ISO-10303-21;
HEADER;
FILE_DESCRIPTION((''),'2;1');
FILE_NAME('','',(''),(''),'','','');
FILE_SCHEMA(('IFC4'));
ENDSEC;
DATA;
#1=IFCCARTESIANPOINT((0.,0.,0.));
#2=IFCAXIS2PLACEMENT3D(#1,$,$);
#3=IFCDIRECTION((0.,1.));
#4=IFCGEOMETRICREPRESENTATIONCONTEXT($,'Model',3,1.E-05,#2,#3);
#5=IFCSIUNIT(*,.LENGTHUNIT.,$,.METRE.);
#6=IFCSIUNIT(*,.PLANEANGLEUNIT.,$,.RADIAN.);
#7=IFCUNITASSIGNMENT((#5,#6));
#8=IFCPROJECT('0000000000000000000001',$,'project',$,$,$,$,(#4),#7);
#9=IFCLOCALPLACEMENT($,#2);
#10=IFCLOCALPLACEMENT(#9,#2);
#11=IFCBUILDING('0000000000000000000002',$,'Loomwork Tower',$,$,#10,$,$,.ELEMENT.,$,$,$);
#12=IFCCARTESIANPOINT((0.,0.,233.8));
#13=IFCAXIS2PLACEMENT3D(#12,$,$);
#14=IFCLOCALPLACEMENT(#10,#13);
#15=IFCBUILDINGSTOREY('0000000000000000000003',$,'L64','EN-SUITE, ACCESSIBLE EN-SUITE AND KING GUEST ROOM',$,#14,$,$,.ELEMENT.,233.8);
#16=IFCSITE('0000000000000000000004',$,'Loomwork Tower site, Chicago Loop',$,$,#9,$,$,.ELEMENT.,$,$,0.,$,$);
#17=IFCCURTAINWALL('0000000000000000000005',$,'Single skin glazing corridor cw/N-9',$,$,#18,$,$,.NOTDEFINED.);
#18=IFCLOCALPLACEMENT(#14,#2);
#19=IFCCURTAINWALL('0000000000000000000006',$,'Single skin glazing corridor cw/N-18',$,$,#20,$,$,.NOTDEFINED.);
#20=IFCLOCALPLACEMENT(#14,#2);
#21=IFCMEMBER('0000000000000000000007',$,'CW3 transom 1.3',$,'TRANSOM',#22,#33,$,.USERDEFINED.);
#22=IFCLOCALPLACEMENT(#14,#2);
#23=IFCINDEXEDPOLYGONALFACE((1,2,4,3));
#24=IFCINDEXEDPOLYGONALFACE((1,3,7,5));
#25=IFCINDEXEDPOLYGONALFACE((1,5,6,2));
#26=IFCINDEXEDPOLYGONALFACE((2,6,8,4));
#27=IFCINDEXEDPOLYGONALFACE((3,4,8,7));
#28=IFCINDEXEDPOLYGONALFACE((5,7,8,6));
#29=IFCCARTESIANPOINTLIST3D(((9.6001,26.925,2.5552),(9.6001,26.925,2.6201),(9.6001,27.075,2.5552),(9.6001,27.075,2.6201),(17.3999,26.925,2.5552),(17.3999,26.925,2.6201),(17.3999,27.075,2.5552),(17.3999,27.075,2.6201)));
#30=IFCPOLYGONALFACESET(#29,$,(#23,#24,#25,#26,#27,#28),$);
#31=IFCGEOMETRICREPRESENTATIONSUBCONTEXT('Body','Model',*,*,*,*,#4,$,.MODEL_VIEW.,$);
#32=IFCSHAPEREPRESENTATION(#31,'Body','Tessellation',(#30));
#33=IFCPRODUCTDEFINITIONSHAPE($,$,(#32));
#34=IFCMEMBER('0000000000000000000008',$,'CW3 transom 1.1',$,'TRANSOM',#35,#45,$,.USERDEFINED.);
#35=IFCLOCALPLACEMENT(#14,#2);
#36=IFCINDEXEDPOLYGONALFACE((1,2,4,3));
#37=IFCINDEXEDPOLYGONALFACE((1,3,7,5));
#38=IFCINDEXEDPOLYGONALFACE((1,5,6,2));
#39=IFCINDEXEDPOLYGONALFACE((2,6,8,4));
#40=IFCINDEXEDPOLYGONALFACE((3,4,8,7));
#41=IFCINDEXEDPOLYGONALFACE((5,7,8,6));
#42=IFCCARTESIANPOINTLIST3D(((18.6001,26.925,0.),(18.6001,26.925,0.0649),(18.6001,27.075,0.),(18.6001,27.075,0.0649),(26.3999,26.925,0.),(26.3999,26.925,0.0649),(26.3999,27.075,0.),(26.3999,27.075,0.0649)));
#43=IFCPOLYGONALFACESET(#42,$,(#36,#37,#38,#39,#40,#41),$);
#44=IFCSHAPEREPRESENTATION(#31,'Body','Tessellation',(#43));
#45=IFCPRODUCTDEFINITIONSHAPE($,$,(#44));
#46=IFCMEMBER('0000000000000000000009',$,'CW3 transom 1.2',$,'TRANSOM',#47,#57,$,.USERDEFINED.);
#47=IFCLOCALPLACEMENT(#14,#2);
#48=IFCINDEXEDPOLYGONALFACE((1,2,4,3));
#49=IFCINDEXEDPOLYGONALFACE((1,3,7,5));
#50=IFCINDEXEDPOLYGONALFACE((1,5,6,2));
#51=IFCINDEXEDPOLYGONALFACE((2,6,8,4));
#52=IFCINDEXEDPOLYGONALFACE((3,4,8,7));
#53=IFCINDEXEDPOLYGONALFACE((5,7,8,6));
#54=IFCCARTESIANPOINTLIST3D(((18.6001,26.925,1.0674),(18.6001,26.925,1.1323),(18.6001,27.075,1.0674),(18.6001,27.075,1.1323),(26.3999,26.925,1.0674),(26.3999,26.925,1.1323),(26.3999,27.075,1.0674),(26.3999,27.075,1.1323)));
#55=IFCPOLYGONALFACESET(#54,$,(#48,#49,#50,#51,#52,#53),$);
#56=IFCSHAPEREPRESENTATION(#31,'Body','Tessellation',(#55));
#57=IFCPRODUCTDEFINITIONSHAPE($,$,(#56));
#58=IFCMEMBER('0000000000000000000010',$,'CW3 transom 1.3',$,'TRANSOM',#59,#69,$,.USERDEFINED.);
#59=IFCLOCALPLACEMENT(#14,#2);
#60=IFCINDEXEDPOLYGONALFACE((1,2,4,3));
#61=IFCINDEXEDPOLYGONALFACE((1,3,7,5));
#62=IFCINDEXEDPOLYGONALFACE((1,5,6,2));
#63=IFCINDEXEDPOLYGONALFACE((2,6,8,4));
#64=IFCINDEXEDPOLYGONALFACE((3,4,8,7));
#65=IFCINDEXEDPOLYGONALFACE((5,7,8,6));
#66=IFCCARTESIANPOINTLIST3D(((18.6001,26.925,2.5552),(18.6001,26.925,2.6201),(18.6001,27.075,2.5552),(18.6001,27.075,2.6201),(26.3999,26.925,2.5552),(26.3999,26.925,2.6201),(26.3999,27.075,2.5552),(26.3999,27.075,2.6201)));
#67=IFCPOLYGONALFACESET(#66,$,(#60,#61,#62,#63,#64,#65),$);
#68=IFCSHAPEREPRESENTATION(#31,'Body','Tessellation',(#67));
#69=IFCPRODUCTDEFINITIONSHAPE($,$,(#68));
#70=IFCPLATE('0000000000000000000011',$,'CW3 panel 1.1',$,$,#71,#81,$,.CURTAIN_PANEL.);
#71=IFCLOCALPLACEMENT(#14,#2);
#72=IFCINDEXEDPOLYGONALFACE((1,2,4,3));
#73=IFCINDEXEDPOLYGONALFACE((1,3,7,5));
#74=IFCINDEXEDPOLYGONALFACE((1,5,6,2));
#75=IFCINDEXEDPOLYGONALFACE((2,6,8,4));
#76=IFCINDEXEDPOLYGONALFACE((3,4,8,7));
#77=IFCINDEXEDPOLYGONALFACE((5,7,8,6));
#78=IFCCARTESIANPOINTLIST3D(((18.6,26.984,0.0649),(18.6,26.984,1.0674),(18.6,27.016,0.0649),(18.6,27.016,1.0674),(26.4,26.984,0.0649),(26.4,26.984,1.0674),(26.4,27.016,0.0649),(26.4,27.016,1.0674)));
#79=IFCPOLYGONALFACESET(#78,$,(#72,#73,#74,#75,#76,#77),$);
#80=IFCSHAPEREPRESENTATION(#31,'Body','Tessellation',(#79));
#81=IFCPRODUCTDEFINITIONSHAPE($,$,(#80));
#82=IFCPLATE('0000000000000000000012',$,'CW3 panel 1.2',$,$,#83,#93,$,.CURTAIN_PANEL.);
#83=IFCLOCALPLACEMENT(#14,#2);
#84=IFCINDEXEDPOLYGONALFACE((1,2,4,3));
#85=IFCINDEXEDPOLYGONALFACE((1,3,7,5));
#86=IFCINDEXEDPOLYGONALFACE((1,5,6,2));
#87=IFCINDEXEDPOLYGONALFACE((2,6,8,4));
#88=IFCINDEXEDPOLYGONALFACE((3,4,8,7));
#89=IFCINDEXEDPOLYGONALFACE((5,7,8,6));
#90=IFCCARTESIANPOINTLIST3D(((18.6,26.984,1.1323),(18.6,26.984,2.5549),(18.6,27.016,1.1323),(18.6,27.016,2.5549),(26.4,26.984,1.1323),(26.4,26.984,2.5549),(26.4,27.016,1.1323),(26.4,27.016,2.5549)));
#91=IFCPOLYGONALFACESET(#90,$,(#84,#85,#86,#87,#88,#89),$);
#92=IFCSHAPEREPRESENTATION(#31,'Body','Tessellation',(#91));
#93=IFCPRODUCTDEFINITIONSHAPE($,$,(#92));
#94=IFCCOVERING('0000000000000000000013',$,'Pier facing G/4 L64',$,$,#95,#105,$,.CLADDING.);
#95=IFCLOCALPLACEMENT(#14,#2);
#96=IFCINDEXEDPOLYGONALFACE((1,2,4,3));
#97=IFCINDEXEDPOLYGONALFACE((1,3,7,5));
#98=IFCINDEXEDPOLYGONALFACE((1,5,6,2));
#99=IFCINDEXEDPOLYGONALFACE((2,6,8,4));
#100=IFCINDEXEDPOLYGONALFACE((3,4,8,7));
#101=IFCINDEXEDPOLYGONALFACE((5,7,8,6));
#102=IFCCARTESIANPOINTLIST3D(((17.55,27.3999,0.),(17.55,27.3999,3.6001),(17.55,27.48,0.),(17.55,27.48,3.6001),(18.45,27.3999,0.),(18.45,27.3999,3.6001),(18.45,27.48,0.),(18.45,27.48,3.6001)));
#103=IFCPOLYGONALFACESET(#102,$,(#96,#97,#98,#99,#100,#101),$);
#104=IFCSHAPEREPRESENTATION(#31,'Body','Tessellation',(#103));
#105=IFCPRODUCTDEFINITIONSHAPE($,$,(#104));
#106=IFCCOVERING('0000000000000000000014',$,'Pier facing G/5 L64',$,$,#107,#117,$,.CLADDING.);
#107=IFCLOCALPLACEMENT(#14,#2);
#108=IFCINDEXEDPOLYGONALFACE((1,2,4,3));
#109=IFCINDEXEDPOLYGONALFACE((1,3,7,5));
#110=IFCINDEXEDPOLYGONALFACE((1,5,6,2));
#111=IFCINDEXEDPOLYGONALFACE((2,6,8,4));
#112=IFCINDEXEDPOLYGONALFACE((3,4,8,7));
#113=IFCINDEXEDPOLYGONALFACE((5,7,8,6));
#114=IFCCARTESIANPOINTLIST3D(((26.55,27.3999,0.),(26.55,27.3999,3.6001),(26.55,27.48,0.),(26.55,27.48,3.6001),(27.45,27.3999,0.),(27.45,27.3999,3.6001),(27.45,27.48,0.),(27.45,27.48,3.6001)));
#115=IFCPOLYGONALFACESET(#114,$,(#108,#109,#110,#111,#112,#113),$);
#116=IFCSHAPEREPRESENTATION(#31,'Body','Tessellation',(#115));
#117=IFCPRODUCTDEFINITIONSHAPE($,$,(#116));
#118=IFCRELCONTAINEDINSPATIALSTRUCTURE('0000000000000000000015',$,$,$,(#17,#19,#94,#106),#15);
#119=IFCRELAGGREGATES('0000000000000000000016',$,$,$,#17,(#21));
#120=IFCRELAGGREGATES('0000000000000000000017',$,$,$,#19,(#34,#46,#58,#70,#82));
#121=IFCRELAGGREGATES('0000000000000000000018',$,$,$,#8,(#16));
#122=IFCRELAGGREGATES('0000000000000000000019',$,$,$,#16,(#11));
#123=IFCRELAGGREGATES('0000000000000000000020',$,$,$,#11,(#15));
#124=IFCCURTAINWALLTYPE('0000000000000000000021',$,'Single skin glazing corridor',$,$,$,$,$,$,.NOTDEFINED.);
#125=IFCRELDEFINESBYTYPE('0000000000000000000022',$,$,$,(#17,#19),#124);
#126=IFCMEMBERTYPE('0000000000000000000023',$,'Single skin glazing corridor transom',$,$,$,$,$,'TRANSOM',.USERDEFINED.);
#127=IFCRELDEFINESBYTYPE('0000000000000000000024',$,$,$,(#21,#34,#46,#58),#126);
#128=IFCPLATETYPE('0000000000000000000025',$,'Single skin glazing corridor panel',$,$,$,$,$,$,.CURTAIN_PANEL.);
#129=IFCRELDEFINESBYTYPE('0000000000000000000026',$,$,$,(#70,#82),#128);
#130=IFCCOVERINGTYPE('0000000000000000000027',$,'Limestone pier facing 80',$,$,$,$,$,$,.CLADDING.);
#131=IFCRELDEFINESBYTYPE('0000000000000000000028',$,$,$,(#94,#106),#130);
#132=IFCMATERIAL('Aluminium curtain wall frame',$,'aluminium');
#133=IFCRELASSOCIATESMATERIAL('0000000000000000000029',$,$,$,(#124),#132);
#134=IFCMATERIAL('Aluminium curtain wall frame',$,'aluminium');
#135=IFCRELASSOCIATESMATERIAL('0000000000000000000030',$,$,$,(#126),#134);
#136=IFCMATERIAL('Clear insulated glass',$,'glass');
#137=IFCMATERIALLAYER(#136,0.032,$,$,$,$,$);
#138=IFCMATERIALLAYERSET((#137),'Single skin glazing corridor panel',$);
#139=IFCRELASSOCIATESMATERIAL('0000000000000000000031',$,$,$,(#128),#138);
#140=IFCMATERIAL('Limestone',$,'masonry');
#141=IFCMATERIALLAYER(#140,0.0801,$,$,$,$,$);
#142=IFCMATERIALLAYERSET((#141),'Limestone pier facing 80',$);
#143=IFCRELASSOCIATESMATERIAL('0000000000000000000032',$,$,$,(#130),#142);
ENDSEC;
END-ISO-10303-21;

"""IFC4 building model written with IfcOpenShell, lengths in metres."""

from ifc_helpers import new_model, si_unit, direction, frame, origin, origin_2d, place, context, subcontext, project, spatial, rectangle, extrude, material, layer, layer_set, material_profile, profile_set, type_object, element, aggregate, save


model = new_model("IFC4")

# Units and contexts
model_context = context("Model", 3, precision=1e-05, world=origin(), true_north=direction((0.0, 1.0)))
body_context = subcontext(model_context, "Body", "Model", "MODEL_VIEW")
ifc_project = project(units=[si_unit("LENGTHUNIT", "METRE"), si_unit("PLANEANGLEUNIT", "RADIAN")], contexts=[model_context])

# Site, building, storey
site_placement = place(None, origin())
site = spatial("IfcSite", under=ifc_project, at=site_placement, Name="Loomwork Tower site, Chicago Loop", CompositionType="ELEMENT", RefElevation=0.0)
building_placement = place(site_placement, origin())
building = spatial("IfcBuilding", under=site, at=building_placement, Name="Loomwork Tower", CompositionType="ELEMENT")
storey_placement = place(building_placement, frame((0.0, 0.0, 233.8)))
storey = spatial("IfcBuildingStorey", under=building, at=storey_placement, Name="L64", Description="EN-SUITE, ACCESSIBLE EN-SUITE AND KING GUEST ROOM", CompositionType="ELEMENT", Elevation=233.8)

# Curtain wall
ifc_material_1 = material(Name="Aluminium curtain wall frame", Category="aluminium")
curtain_wall_type = type_object("IfcCurtainWallType", Name="Single skin glazing corridor", PredefinedType="NOTDEFINED", material=ifc_material_1)
curtain_wall_1_placement = place(storey_placement, origin())
curtain_wall_1 = element("IfcCurtainWall", 1, at=curtain_wall_1_placement, inside=storey, type_object=curtain_wall_type, Name="Single skin glazing corridor cw/N-9", PredefinedType="NOTDEFINED")

# Curtain wall
curtain_wall_2_placement = place(storey_placement, origin())
curtain_wall_2 = element("IfcCurtainWall", 2, at=curtain_wall_2_placement, inside=storey, type_object=curtain_wall_type, Name="Single skin glazing corridor cw/N-18", PredefinedType="NOTDEFINED")

# Members
ifc_material_2 = material(Name="Aluminium curtain wall frame", Category="aluminium")
ifc_material_profile_1 = material_profile(ifc_material_2, rectangle(XDim=0.1499, YDim=0.0649, at=origin_2d()), Name="AL 65x150")
ifc_profile_set_1 = profile_set([ifc_material_profile_1], Name="Aluminium curtain wall frame")
member_type_1 = type_object("IfcMemberType", Name="Single skin glazing corridor transom", ElementType="TRANSOM", PredefinedType="USERDEFINED", material=ifc_profile_set_1)
member_1_placement = place(storey_placement, frame((17.3999, 27.0, 2.5876), z_axis=(-1.0, 0.0, 0.0), x_axis=(0.0, -1.0, 0.0)))
member_1 = element("IfcMember", 3, at=member_1_placement, type_object=member_type_1, Name="CW3 transom 1.3", ObjectType="TRANSOM", PredefinedType="USERDEFINED", context=body_context, shape_type="SweptSolid", body=[
    extrude(rectangle(XDim=0.1499, YDim=0.0649, at=origin_2d()), origin(), (0.0, 0.0, 1.0), 7.7998),
])
aggregate(curtain_wall_1, [member_1])
member_2_placement = place(storey_placement, frame((26.3999, 27.0, 0.0325), z_axis=(-1.0, 0.0, 0.0), x_axis=(0.0, -1.0, 0.0)))
member_2 = element("IfcMember", 4, at=member_2_placement, type_object=member_type_1, Name="CW3 transom 1.1", ObjectType="TRANSOM", PredefinedType="USERDEFINED", context=body_context, shape_type="SweptSolid", body=[
    extrude(rectangle(XDim=0.1499, YDim=0.0649, at=origin_2d()), origin(), (0.0, 0.0, 1.0), 7.7998),
])
member_3_placement = place(storey_placement, frame((26.3999, 27.0, 1.0999), z_axis=(-1.0, 0.0, 0.0), x_axis=(0.0, -1.0, 0.0)))
member_3 = element("IfcMember", 5, at=member_3_placement, type_object=member_type_1, Name="CW3 transom 1.2", ObjectType="TRANSOM", PredefinedType="USERDEFINED", context=body_context, shape_type="SweptSolid", body=[
    extrude(rectangle(XDim=0.1499, YDim=0.0649, at=origin_2d()), origin(), (0.0, 0.0, 1.0), 7.7998),
])
member_4_placement = place(storey_placement, frame((26.3999, 27.0, 2.5876), z_axis=(-1.0, 0.0, 0.0), x_axis=(0.0, -1.0, 0.0)))
member_4 = element("IfcMember", 6, at=member_4_placement, type_object=member_type_1, Name="CW3 transom 1.3", ObjectType="TRANSOM", PredefinedType="USERDEFINED", context=body_context, shape_type="SweptSolid", body=[
    extrude(rectangle(XDim=0.1499, YDim=0.0649, at=origin_2d()), origin(), (0.0, 0.0, 1.0), 7.7998),
])

# Plates
ifc_material_3 = material(Name="Clear insulated glass", Category="glass")
ifc_layer_1 = layer(ifc_material_3, 0.032)
ifc_layer_set_1 = layer_set([ifc_layer_1], Name="Single skin glazing corridor panel")
plate_type = type_object("IfcPlateType", Name="Single skin glazing corridor panel", PredefinedType="CURTAIN_PANEL", material=ifc_layer_set_1)
plate_1_placement = place(storey_placement, frame((22.5, 27.0, 0.0649), z_axis=(0.0, 0.0, 1.0), x_axis=(-1.0, 0.0, 0.0)))
plate_1 = element("IfcPlate", 7, at=plate_1_placement, type_object=plate_type, Name="CW3 panel 1.1", PredefinedType="CURTAIN_PANEL", context=body_context, shape_type="SweptSolid", body=[
    extrude(rectangle(XDim=7.8, YDim=0.032, at=origin_2d()), origin(), (0.0, 0.0, 1.0), 1.0024),
])
plate_2_placement = place(storey_placement, frame((22.5, 27.0, 1.1323), z_axis=(0.0, 0.0, 1.0), x_axis=(-1.0, 0.0, 0.0)))
plate_2 = element("IfcPlate", 8, at=plate_2_placement, type_object=plate_type, Name="CW3 panel 1.2", PredefinedType="CURTAIN_PANEL", context=body_context, shape_type="SweptSolid", body=[
    extrude(rectangle(XDim=7.8, YDim=0.032, at=origin_2d()), origin(), (0.0, 0.0, 1.0), 1.4226),
])
aggregate(curtain_wall_2, [member_2, member_3, member_4, plate_1, plate_2])

# Coverings
ifc_material_4 = material(Name="Limestone", Category="masonry")
ifc_layer_2 = layer(ifc_material_4, 0.0801)
ifc_layer_set_2 = layer_set([ifc_layer_2], Name="Limestone pier facing 80")
covering_type = type_object("IfcCoveringType", Name="Limestone pier facing 80", PredefinedType="CLADDING", material=ifc_layer_set_2)
for number, where, z_axis, x_axis, name in (
    (9, (18.0, 27.4399, 0.0), (0.0, 0.0, 1.0), (1.0, 0.0, 0.0), "Pier facing G/4 L64"),
    (10, (27.0, 27.4399, 0.0), (0.0, 0.0, 1.0), (1.0, 0.0, 0.0), "Pier facing G/5 L64"),
):
    element("IfcCovering", number, at=place(storey_placement, frame(where, z_axis=z_axis, x_axis=x_axis)), inside=storey, type_object=covering_type, Name=name, PredefinedType="CLADDING", context=body_context, shape_type="SweptSolid", body=[
        extrude(rectangle(XDim=0.8999, YDim=0.0801, at=origin_2d()), origin(), (0.0, 0.0, 1.0), 3.6001),
    ])

save(model, "model.ifc")
